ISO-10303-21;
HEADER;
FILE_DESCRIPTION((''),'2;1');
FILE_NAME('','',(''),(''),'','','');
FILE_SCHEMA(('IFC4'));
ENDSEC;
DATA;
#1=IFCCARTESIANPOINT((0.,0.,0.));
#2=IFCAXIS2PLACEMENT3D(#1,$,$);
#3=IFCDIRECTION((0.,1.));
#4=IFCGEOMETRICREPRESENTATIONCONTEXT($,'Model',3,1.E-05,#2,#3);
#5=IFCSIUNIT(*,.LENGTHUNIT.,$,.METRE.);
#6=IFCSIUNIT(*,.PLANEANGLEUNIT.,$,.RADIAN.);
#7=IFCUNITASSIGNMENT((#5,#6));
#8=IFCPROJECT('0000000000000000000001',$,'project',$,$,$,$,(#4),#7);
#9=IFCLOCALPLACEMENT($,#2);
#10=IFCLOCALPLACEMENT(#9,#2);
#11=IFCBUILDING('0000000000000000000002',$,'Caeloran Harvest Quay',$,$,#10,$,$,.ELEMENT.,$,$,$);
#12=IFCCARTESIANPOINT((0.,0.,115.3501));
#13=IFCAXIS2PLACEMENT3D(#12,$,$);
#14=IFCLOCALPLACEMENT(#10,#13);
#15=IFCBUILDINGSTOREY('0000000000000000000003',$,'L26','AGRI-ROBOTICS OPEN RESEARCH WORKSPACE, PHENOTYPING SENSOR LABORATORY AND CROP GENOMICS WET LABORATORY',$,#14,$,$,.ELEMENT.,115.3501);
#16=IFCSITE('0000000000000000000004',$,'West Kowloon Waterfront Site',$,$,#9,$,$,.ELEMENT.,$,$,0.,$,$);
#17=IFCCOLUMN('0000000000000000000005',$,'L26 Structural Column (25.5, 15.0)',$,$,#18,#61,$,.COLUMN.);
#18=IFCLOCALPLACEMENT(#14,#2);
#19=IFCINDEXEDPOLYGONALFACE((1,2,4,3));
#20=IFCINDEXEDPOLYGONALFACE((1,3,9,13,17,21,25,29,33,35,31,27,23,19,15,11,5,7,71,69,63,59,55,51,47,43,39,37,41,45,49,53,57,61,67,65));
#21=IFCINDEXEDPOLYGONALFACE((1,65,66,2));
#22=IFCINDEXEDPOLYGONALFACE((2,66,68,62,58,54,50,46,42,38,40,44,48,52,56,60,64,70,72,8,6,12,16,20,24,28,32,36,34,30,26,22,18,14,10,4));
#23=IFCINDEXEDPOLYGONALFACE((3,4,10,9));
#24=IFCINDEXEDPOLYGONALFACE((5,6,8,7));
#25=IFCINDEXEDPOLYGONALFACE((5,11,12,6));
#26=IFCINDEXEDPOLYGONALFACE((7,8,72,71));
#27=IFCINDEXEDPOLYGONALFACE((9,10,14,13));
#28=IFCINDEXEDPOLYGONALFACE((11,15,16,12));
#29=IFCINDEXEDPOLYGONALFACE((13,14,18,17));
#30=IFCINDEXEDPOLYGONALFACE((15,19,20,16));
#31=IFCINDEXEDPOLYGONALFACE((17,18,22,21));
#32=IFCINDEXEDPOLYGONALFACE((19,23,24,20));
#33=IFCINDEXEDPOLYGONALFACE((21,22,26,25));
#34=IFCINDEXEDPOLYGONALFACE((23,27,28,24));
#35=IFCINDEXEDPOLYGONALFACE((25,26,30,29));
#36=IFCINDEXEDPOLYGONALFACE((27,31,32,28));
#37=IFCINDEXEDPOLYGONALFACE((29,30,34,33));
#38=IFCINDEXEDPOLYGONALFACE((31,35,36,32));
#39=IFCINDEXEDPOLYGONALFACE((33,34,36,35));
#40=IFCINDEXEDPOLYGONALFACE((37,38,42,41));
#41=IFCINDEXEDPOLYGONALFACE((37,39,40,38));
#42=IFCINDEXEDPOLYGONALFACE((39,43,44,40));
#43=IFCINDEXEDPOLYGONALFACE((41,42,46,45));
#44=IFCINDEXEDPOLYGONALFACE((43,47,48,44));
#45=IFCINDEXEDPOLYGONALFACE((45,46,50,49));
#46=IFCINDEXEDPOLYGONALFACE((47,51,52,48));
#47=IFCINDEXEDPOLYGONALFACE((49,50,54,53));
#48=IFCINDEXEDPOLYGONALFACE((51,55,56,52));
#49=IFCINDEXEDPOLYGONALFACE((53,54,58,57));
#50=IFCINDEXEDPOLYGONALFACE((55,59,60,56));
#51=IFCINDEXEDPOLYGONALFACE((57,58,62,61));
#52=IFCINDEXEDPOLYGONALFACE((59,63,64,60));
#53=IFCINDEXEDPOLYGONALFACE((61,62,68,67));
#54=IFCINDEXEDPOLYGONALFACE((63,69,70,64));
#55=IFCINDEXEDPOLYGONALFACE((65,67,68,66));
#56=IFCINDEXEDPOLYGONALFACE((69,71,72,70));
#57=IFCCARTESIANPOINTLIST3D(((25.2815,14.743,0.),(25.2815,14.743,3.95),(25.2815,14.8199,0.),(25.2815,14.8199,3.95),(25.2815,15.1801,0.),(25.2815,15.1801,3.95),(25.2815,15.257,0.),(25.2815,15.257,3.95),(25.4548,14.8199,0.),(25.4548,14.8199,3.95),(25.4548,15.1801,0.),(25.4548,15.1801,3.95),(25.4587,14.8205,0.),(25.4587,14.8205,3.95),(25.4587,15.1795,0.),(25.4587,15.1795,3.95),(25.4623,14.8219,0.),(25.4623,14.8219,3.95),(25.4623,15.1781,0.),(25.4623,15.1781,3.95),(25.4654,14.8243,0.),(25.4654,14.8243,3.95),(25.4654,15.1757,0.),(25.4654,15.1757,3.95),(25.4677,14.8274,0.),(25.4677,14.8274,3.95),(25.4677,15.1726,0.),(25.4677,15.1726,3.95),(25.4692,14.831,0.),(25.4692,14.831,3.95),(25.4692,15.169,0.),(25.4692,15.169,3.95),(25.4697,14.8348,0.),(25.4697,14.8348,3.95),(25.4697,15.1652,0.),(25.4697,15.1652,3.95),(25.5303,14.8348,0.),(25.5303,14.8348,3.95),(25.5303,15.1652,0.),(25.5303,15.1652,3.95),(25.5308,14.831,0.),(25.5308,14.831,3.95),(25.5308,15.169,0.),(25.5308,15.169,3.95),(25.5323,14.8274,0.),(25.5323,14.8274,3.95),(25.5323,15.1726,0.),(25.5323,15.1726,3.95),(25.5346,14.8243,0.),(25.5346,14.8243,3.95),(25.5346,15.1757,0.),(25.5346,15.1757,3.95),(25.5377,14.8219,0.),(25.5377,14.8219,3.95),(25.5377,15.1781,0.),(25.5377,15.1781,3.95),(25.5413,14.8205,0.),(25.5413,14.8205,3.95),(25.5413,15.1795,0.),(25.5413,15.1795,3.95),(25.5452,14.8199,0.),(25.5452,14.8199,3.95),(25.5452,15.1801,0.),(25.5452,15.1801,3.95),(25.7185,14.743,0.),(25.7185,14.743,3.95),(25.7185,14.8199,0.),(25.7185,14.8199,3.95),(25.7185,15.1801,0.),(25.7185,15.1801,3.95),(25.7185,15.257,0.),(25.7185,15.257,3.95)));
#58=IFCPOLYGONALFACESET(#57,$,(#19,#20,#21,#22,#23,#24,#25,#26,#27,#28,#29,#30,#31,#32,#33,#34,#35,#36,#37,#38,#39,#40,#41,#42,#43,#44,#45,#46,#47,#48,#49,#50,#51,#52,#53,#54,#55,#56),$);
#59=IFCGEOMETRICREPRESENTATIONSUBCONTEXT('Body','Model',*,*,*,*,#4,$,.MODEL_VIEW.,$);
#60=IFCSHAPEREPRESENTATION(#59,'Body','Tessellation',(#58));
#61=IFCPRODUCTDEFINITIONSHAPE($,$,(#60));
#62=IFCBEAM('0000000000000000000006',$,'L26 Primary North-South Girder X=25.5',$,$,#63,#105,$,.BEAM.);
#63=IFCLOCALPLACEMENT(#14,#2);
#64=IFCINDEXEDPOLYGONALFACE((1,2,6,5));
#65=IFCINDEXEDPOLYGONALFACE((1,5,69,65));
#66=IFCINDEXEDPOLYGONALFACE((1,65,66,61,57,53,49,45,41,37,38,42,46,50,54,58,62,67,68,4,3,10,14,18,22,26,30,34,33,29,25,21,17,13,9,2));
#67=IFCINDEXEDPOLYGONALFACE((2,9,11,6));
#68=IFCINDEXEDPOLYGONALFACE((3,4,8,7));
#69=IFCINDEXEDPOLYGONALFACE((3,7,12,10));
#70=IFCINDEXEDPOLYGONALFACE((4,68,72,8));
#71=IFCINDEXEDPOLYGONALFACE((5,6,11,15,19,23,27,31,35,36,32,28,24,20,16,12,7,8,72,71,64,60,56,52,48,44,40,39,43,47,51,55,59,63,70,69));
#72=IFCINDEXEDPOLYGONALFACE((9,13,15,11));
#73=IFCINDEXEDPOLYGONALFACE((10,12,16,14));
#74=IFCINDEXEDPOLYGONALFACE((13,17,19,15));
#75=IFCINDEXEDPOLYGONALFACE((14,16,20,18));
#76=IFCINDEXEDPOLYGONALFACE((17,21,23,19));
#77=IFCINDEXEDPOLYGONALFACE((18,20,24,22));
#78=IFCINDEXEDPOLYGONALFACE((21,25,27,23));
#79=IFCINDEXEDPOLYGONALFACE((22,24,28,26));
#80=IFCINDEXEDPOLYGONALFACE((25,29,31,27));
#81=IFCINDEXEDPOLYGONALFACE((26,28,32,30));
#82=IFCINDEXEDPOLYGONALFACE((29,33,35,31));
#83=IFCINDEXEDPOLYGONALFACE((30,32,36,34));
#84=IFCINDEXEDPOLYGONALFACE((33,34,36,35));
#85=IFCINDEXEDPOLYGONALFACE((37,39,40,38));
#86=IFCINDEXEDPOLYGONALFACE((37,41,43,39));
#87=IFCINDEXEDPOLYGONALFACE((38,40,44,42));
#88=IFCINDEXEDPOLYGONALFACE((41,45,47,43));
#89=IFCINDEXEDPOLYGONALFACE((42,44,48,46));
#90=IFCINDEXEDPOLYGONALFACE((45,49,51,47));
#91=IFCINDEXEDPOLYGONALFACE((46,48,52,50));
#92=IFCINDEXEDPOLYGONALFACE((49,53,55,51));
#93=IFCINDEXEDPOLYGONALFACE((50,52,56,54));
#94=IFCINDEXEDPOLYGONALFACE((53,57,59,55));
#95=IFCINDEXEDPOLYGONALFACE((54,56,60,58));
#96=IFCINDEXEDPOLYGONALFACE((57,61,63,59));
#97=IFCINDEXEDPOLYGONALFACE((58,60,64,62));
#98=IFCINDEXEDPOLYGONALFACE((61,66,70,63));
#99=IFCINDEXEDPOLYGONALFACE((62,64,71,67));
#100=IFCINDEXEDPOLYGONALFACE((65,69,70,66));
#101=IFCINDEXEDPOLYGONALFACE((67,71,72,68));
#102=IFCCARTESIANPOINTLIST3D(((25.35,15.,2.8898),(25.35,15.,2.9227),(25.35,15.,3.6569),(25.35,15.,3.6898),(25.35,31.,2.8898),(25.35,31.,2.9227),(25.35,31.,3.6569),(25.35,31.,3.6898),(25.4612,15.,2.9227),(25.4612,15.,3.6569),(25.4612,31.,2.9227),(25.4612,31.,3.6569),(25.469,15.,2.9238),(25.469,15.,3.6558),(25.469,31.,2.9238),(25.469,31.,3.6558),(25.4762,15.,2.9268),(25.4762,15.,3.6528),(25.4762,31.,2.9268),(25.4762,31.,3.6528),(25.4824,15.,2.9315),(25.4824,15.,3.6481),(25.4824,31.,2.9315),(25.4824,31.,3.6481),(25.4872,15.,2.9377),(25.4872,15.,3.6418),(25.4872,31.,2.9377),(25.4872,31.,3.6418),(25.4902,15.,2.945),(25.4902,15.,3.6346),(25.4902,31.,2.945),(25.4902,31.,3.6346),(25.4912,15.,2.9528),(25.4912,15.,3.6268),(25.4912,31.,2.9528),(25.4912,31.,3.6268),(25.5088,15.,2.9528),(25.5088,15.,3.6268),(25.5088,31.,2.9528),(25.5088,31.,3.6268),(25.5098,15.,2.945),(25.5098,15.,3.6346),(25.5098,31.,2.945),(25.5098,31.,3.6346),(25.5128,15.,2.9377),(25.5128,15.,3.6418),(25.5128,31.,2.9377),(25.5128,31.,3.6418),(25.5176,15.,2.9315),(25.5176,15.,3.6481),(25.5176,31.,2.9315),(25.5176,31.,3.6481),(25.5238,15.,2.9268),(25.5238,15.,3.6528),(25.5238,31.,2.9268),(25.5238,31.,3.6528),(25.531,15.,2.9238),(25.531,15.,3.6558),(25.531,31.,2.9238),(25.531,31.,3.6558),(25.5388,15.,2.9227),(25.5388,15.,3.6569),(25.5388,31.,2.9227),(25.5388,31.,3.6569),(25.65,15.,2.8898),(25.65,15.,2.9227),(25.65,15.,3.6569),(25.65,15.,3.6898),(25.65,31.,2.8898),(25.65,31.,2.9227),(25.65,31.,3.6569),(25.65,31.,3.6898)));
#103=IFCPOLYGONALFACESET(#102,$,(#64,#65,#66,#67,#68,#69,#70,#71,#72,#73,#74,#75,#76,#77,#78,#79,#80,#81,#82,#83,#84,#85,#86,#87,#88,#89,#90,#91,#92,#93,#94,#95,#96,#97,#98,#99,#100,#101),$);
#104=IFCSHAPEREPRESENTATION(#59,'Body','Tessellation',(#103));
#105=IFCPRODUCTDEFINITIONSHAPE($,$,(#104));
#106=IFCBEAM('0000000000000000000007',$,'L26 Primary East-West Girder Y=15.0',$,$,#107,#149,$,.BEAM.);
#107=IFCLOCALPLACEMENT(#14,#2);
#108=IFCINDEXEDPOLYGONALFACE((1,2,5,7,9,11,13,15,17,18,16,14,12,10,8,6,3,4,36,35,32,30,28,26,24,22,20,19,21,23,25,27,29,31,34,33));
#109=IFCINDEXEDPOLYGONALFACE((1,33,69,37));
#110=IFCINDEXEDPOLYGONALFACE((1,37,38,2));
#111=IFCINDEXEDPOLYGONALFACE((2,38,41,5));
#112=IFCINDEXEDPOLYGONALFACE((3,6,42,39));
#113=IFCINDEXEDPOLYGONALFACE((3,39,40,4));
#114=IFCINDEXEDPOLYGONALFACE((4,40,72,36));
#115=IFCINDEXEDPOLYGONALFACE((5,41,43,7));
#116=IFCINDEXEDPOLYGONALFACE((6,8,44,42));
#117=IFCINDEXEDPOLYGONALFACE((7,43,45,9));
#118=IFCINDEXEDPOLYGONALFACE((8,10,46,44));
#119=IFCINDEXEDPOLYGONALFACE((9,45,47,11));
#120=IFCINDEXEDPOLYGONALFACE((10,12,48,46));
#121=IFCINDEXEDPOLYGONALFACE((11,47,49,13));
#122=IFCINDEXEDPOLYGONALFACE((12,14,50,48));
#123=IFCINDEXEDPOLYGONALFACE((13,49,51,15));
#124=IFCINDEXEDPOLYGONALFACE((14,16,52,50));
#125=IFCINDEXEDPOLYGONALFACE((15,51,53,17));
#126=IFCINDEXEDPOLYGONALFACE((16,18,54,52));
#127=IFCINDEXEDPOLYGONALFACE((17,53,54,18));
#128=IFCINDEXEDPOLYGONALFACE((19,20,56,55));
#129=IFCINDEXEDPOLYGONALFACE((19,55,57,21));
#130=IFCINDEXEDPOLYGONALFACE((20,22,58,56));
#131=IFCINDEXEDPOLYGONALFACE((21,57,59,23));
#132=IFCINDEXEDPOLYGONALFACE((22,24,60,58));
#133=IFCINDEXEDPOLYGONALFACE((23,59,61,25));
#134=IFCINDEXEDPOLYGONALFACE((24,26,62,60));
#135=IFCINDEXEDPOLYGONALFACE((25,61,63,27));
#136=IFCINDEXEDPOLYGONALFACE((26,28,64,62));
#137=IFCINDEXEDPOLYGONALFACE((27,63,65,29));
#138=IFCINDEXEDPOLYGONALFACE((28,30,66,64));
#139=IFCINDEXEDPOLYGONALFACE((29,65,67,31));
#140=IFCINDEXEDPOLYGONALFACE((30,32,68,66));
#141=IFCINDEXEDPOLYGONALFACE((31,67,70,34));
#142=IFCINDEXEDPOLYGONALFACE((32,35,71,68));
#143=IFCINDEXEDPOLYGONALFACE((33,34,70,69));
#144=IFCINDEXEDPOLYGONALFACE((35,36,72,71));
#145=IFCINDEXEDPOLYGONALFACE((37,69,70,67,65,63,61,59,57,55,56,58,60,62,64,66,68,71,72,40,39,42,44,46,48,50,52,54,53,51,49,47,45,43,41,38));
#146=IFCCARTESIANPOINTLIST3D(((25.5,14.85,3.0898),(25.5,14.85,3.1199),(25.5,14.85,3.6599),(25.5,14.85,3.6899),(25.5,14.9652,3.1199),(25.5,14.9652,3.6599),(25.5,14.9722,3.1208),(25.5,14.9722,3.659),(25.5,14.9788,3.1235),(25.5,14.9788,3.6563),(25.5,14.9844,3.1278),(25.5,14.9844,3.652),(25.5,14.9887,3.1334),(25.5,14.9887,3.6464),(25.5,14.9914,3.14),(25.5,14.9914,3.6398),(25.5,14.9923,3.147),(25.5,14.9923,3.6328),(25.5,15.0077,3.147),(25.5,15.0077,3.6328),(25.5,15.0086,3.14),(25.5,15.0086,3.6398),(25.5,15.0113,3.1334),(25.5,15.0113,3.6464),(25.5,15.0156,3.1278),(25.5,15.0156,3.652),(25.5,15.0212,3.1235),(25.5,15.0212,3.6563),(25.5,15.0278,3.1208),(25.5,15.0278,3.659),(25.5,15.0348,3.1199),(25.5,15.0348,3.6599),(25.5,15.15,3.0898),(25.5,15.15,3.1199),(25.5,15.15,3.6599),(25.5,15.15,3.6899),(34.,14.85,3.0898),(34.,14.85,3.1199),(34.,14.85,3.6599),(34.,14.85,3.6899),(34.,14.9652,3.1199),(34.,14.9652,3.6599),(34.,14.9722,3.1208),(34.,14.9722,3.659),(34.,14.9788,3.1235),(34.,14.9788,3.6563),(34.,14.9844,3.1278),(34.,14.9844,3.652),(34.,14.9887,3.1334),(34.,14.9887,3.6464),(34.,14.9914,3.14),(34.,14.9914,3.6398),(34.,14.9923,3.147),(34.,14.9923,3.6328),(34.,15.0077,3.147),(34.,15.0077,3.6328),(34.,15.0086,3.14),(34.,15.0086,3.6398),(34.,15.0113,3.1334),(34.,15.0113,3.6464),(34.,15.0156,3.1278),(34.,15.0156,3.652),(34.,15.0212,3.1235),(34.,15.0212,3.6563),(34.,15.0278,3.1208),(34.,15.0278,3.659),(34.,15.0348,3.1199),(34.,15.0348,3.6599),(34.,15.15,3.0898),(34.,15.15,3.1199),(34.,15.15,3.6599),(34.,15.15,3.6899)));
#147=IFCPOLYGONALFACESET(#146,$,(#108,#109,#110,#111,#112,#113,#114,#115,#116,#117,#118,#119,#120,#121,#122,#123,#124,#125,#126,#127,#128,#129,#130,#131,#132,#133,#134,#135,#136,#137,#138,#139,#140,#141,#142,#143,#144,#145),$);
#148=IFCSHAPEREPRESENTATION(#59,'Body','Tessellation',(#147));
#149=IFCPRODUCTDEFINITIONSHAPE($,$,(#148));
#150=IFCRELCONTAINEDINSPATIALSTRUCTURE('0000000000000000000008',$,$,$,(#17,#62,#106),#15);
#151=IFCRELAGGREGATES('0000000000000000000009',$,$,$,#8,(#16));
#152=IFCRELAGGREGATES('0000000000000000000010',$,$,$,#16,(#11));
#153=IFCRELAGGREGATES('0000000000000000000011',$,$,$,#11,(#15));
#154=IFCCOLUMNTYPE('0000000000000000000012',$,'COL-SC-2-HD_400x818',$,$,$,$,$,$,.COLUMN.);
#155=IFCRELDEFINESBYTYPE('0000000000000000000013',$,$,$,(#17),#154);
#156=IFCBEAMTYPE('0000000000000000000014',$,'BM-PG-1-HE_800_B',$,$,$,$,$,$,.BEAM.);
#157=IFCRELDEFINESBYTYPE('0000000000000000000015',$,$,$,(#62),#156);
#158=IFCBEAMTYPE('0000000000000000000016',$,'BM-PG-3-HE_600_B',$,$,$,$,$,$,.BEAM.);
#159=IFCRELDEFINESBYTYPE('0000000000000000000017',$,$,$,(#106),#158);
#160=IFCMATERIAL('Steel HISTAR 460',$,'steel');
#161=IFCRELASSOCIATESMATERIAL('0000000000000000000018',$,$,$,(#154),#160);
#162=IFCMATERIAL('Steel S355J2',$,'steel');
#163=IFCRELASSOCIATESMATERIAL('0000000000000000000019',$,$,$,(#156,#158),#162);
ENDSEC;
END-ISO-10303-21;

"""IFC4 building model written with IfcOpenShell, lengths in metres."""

from ifc_helpers import new_model, si_unit, direction, frame, origin, origin_2d, place, context, subcontext, project, spatial, i_section, extrude, material, material_profile, profile_set, type_object, element, save


model = new_model("IFC4")

# Units and contexts
model_context = context("Model", 3, precision=1e-05, world=origin(), true_north=direction((0.0, 1.0)))
body_context = subcontext(model_context, "Body", "Model", "MODEL_VIEW")
ifc_project = project(units=[si_unit("LENGTHUNIT", "METRE"), si_unit("PLANEANGLEUNIT", "RADIAN")], contexts=[model_context])

# Site, building, storey
site_placement = place(None, origin())
site = spatial("IfcSite", under=ifc_project, at=site_placement, Name="West Kowloon Waterfront Site", CompositionType="ELEMENT", RefElevation=0.0)
building_placement = place(site_placement, origin())
building = spatial("IfcBuilding", under=site, at=building_placement, Name="Caeloran Harvest Quay", CompositionType="ELEMENT")
storey_placement = place(building_placement, frame((0.0, 0.0, 115.3501)))
storey = spatial("IfcBuildingStorey", under=building, at=storey_placement, Name="L26", Description="AGRI-ROBOTICS OPEN RESEARCH WORKSPACE, PHENOTYPING SENSOR LABORATORY AND CROP GENOMICS WET LABORATORY", CompositionType="ELEMENT", Elevation=115.3501)

# Column
ifc_material_1 = material(Name="Steel HISTAR 460", Category="steel")
ifc_material_profile_1 = material_profile(ifc_material_1, i_section(OverallWidth=0.437, OverallDepth=0.5139, WebThickness=0.0605, FlangeThickness=0.0769, FilletRadius=0.0149, at=origin_2d()), Name="HD 400x818")
ifc_profile_set_1 = profile_set([ifc_material_profile_1], Name="Steel HISTAR 460")
column_type = type_object("IfcColumnType", Name="COL-SC-2-HD_400x818", PredefinedType="COLUMN", material=ifc_profile_set_1)
column_placement = place(storey_placement, frame((25.5, 15.0, 0.0), z_axis=(0.0, 0.0, 1.0), x_axis=(1.0, 0.0, 0.0)))
element("IfcColumn", 1, at=column_placement, inside=storey, type_object=column_type, Name="L26 Structural Column (25.5, 15.0)", PredefinedType="COLUMN", context=body_context, shape_type="SweptSolid", body=[
    extrude(i_section(OverallWidth=0.437, OverallDepth=0.5139, WebThickness=0.0605, FlangeThickness=0.0769, FilletRadius=0.0149, at=origin_2d()), origin(), (0.0, 0.0, 1.0), 3.95),
])

# Beams
ifc_material_2 = material(Name="Steel S355J2", Category="steel")
ifc_material_profile_2 = material_profile(ifc_material_2, i_section(OverallWidth=0.3, OverallDepth=0.8, WebThickness=0.0176, FlangeThickness=0.033, FilletRadius=0.03, at=origin_2d()), Name="HE 800 B")
ifc_profile_set_2 = profile_set([ifc_material_profile_2], Name="Steel S355J2")
beam_type_1 = type_object("IfcBeamType", Name="BM-PG-1-HE_800_B", PredefinedType="BEAM", material=ifc_profile_set_2)
beam_1_placement = place(storey_placement, frame((25.5, 15.0, 3.2898), z_axis=(0.0, 1.0, 0.0), x_axis=(-1.0, 0.0, 0.0)))
element("IfcBeam", 2, at=beam_1_placement, inside=storey, type_object=beam_type_1, Name="L26 Primary North-South Girder X=25.5", PredefinedType="BEAM", context=body_context, shape_type="SweptSolid", body=[
    extrude(i_section(OverallWidth=0.3, OverallDepth=0.8, WebThickness=0.0176, FlangeThickness=0.033, FilletRadius=0.03, at=origin_2d()), origin(), (0.0, 0.0, 1.0), 16.0),
])
ifc_material_profile_3 = material_profile(ifc_material_2, i_section(OverallWidth=0.3, OverallDepth=0.6001, WebThickness=0.0154, FlangeThickness=0.03, FilletRadius=0.0271, at=origin_2d()), Name="HE 600 B")
ifc_profile_set_3 = profile_set([ifc_material_profile_3], Name="Steel S355J2")
beam_type_2 = type_object("IfcBeamType", Name="BM-PG-3-HE_600_B", PredefinedType="BEAM", material=ifc_profile_set_3)
beam_2_placement = place(storey_placement, frame((25.5, 15.0, 3.3899), z_axis=(1.0, 0.0, 0.0), x_axis=(0.0, 1.0, 0.0)))
element("IfcBeam", 3, at=beam_2_placement, inside=storey, type_object=beam_type_2, Name="L26 Primary East-West Girder Y=15.0", PredefinedType="BEAM", context=body_context, shape_type="SweptSolid", body=[
    extrude(i_section(OverallWidth=0.3, OverallDepth=0.6001, WebThickness=0.0154, FlangeThickness=0.03, FilletRadius=0.0271, at=origin_2d()), origin(), (0.0, 0.0, 1.0), 8.5),
])

save(model, "model.ifc")
